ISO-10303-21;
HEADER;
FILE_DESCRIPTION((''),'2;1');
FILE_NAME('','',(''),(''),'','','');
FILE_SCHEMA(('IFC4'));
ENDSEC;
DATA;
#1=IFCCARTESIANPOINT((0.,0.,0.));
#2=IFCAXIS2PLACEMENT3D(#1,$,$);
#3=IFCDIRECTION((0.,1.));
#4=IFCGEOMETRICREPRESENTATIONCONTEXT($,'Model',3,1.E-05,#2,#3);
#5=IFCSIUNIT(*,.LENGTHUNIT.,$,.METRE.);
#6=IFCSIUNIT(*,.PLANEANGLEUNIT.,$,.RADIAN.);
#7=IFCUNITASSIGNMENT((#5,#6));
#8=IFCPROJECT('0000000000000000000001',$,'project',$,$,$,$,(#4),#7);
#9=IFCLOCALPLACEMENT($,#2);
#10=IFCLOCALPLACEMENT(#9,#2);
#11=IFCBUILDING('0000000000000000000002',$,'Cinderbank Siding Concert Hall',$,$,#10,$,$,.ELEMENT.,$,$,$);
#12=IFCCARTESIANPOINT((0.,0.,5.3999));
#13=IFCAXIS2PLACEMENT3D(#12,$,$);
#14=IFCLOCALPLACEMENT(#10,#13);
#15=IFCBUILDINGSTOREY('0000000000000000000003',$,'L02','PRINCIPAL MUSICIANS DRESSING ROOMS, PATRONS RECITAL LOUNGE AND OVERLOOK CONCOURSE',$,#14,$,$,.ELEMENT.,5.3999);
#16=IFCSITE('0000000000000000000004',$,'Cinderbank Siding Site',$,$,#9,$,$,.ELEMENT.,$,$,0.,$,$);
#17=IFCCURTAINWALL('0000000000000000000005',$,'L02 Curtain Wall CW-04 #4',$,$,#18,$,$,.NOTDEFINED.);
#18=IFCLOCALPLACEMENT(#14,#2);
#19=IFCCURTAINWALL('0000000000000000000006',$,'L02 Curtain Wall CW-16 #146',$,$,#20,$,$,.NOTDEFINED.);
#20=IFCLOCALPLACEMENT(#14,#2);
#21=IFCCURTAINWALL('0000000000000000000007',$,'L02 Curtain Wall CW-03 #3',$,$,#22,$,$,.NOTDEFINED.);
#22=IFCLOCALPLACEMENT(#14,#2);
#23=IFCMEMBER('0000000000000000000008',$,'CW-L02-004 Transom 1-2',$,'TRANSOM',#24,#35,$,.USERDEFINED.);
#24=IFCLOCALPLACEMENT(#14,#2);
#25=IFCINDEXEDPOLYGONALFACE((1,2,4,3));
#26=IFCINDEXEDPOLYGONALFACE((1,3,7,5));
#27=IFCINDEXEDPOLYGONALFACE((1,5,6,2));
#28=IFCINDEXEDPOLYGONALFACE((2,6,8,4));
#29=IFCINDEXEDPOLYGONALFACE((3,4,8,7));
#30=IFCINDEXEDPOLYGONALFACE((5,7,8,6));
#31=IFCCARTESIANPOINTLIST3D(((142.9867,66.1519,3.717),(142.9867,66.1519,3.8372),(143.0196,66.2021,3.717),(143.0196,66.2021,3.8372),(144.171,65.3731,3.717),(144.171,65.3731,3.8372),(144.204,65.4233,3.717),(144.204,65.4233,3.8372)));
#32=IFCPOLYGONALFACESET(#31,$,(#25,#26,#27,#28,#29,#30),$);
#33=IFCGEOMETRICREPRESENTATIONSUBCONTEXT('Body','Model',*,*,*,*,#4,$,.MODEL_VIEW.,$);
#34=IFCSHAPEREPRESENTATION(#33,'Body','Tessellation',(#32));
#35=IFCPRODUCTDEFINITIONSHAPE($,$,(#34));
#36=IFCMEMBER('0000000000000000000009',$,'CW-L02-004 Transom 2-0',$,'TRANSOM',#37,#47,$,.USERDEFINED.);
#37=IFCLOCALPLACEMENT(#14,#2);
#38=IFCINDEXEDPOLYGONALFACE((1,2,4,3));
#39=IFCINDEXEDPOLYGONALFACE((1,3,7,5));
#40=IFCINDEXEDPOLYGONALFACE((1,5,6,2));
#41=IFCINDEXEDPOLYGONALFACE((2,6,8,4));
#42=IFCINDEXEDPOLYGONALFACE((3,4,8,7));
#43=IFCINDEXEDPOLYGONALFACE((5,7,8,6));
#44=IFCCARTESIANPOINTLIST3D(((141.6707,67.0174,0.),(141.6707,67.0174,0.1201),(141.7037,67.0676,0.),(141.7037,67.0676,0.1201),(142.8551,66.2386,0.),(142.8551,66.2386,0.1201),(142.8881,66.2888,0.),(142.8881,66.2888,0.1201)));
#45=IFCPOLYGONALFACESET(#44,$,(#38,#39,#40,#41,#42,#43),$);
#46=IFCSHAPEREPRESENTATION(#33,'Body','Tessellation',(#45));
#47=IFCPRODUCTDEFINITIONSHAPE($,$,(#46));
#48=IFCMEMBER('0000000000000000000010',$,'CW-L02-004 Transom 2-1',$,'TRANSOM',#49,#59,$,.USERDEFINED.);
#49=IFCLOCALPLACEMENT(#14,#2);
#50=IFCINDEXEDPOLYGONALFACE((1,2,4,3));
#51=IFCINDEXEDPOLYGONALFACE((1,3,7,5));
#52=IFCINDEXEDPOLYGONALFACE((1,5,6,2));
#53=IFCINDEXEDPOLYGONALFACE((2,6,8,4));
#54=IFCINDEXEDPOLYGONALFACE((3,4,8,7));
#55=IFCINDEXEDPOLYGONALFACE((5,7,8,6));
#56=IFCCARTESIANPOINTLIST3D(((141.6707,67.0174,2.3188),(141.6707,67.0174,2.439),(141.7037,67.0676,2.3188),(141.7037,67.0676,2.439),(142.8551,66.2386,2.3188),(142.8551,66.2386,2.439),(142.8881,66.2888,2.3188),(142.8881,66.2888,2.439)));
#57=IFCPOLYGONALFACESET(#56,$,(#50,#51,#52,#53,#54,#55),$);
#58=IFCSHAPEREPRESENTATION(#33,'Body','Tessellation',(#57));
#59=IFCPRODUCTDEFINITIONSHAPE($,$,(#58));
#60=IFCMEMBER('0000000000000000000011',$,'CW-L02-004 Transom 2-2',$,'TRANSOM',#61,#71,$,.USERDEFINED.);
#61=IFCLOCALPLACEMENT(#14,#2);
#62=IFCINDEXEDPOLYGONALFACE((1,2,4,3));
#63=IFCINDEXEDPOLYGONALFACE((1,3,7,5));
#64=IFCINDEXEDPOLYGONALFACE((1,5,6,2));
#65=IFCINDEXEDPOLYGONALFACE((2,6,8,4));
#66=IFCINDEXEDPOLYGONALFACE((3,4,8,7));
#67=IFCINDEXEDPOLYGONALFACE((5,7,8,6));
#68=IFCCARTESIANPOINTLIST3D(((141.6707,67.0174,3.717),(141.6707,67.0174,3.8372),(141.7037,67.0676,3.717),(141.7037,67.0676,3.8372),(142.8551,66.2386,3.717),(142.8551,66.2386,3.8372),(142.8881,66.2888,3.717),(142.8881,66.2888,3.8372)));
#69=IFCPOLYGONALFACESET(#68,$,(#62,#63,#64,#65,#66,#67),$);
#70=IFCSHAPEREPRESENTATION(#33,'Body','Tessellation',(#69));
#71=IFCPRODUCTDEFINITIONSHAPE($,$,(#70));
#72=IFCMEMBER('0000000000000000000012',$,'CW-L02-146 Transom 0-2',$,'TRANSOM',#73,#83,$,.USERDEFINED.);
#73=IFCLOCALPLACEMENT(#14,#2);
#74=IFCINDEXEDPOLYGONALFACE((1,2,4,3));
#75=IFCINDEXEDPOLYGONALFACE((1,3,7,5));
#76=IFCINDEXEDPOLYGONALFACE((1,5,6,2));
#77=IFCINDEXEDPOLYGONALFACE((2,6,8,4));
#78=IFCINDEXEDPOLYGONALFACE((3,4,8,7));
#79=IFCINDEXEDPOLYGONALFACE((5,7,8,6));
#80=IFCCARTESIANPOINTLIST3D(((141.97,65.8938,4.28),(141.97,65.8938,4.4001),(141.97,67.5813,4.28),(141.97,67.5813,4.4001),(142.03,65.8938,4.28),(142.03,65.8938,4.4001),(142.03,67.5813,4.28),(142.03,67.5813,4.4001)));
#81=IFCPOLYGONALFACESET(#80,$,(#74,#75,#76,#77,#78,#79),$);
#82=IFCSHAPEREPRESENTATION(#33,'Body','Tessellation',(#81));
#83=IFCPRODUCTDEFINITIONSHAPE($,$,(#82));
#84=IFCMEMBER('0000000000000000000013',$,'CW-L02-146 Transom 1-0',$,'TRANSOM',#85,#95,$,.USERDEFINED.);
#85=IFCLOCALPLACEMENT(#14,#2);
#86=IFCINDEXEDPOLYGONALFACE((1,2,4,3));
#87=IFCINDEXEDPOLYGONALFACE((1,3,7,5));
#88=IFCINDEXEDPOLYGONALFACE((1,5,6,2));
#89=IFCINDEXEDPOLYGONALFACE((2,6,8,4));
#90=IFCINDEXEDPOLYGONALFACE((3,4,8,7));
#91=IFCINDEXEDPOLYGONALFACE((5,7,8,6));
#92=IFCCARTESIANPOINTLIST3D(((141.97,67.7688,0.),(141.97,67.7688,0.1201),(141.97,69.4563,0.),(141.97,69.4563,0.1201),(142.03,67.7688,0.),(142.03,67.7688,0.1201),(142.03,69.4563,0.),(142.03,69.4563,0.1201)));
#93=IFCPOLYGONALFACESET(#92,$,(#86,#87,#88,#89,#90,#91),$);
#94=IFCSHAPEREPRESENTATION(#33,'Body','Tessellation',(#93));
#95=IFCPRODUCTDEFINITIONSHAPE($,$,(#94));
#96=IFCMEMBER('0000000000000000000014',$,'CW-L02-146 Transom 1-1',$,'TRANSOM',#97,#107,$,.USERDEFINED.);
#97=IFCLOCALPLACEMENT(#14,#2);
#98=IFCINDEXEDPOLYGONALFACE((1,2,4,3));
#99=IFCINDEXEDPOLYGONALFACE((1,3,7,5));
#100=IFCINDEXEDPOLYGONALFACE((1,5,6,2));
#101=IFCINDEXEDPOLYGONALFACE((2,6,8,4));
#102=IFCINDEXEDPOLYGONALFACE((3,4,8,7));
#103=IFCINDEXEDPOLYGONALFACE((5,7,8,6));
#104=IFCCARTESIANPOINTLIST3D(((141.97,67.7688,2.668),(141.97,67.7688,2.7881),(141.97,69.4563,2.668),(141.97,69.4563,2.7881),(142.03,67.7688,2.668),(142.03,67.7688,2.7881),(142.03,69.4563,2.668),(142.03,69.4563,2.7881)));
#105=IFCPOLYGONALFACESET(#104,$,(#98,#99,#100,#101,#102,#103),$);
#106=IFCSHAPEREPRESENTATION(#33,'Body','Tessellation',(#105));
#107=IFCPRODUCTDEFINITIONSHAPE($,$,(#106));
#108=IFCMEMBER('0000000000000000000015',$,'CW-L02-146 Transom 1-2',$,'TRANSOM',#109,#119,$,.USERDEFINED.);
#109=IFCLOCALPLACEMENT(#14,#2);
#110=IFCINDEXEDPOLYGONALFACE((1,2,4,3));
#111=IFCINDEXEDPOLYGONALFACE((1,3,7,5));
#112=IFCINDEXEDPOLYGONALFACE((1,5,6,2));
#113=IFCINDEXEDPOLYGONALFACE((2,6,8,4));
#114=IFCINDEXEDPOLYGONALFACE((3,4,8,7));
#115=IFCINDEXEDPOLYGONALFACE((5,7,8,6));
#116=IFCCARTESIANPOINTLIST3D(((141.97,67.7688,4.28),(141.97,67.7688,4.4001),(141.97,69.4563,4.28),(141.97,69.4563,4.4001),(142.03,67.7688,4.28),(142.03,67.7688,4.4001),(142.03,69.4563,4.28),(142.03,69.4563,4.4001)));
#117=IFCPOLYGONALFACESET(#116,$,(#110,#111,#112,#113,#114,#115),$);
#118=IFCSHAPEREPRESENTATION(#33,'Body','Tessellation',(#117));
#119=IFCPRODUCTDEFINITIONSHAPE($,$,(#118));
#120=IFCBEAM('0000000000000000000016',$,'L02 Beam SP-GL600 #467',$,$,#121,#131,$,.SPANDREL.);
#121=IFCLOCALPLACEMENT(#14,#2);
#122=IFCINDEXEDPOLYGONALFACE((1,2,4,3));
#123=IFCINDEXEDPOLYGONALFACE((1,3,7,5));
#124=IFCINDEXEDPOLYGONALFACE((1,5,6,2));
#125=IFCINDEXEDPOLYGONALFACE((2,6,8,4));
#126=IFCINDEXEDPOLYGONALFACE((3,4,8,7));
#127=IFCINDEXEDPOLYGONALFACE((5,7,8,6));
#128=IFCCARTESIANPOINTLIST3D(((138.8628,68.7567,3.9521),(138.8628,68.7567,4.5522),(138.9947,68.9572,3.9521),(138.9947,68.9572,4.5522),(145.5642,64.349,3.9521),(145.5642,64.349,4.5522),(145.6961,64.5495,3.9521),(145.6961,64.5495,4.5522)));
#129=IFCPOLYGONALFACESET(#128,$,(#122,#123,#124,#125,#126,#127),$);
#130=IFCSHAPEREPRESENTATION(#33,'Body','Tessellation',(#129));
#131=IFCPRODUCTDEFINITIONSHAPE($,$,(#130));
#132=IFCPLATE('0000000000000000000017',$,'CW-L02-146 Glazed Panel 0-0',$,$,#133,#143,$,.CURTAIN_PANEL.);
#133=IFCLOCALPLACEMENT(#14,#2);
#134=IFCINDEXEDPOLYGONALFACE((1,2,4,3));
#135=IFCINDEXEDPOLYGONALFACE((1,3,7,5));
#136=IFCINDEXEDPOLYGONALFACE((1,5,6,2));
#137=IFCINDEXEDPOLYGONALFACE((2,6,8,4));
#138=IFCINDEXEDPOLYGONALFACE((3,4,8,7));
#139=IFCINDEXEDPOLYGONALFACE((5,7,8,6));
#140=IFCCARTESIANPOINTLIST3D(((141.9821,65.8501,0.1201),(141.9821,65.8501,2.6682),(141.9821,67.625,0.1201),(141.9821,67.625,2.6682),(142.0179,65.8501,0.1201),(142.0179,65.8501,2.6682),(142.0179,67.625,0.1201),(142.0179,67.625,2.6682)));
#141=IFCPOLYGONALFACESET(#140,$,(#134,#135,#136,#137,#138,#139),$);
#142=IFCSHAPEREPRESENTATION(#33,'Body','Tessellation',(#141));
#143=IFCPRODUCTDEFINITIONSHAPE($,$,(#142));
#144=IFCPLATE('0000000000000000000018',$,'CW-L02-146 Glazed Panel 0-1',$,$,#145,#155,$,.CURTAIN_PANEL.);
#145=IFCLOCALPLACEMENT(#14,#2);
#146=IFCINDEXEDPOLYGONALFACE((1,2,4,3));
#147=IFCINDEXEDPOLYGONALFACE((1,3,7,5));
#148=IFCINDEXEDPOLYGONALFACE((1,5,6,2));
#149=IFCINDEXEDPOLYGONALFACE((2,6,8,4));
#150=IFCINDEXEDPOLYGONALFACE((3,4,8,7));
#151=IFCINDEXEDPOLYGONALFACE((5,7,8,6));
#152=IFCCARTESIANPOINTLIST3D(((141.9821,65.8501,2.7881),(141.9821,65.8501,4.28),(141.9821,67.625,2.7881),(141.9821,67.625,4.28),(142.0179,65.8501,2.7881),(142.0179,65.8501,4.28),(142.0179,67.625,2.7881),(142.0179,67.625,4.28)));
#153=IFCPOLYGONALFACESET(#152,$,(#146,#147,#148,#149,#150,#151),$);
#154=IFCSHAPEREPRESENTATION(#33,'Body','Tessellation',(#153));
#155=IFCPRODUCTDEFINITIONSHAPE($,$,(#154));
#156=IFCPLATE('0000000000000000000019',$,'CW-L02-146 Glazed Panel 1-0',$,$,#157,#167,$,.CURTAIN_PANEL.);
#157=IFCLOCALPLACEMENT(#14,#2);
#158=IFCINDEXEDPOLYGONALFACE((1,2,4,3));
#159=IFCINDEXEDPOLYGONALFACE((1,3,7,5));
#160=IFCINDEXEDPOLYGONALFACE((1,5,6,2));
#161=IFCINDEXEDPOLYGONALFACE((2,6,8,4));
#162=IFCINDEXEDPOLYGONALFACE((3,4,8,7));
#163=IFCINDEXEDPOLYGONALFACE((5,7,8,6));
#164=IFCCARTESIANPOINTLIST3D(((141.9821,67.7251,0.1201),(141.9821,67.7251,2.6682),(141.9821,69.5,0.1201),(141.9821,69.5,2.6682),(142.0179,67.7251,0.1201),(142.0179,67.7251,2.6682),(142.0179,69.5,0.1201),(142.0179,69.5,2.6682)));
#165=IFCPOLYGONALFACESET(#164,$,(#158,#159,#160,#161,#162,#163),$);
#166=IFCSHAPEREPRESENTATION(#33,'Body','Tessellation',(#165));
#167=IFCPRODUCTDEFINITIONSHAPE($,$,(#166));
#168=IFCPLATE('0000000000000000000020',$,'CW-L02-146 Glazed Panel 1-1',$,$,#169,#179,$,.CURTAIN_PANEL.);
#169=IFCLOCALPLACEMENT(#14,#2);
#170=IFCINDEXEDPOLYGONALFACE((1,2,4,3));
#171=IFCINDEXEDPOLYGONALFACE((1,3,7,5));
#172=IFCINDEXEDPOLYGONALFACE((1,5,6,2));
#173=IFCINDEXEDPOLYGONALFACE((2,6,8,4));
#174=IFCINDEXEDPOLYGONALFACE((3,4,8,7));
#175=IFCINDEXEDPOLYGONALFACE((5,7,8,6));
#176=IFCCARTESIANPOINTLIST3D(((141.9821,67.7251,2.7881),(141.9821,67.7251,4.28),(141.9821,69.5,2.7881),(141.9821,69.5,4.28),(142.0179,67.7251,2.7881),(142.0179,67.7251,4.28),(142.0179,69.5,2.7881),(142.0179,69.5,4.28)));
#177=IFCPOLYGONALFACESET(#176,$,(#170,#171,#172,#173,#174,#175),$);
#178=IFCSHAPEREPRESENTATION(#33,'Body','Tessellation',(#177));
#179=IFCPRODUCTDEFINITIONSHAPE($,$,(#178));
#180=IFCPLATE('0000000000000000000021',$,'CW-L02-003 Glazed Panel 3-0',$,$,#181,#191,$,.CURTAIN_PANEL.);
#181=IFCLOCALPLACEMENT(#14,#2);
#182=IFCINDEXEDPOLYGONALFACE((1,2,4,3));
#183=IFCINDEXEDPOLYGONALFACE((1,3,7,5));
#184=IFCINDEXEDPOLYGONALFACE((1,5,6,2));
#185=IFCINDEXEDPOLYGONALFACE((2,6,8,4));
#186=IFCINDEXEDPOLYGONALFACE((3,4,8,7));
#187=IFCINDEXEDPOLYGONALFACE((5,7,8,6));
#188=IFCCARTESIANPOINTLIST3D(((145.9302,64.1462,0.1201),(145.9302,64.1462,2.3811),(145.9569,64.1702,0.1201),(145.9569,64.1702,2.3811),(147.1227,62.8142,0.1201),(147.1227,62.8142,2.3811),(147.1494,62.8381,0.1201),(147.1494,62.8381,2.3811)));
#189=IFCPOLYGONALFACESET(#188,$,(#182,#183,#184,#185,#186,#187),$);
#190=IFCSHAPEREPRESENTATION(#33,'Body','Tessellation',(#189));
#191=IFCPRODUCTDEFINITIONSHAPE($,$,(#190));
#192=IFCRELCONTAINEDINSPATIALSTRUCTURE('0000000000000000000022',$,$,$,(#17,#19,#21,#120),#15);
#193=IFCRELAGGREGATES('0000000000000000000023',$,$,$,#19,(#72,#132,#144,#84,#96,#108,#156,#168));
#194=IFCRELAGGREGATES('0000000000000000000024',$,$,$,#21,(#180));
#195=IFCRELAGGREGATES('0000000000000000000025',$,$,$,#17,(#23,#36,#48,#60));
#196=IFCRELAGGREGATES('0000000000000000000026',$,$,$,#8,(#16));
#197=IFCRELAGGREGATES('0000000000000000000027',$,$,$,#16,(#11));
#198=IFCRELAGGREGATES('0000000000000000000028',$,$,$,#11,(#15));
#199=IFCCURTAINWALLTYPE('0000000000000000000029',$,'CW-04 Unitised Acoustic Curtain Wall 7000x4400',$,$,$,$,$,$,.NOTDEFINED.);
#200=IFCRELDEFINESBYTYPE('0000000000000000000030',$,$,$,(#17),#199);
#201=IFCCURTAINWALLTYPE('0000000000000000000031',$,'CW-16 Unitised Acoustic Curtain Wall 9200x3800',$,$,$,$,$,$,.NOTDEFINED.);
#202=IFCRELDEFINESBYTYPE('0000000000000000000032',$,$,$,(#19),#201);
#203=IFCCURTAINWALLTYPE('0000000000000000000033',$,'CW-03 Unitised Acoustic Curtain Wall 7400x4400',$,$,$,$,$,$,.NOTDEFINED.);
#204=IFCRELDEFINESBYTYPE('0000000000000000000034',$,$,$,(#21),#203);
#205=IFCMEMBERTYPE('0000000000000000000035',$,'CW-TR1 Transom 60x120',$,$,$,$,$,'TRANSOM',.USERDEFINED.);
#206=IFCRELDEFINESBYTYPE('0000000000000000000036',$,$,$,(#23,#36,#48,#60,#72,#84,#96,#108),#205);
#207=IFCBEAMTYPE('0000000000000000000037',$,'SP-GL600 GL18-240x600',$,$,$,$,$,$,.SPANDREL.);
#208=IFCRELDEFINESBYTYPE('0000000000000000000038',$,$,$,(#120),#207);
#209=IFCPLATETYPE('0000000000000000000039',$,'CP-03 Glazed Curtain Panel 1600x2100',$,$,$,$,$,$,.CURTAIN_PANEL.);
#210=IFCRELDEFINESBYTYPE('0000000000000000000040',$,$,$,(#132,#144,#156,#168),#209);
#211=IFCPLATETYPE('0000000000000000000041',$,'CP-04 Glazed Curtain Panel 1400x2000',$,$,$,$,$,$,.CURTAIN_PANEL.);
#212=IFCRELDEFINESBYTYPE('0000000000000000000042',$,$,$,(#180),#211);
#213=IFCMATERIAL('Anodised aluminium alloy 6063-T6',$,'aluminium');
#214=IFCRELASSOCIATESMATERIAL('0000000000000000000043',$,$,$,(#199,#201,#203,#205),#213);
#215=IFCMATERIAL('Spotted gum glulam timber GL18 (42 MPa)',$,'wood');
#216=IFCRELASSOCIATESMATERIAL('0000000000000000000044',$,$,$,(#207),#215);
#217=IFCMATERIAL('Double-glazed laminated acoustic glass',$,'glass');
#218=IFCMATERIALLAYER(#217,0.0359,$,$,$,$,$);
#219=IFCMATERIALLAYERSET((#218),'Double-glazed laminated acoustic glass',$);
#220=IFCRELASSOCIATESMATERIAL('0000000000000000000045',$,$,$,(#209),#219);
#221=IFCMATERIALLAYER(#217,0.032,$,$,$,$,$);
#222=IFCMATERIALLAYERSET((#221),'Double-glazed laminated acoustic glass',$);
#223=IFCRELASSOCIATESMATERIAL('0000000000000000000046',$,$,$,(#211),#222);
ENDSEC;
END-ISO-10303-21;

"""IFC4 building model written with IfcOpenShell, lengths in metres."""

from ifc_helpers import new_model, si_unit, direction, frame, origin, origin_2d, place, context, subcontext, project, spatial, rectangle, extrude, material, layer, layer_set, material_profile, profile_set, type_object, element, aggregate, save


model = new_model("IFC4")

# Units and contexts
model_context = context("Model", 3, precision=1e-05, world=origin(), true_north=direction((0.0, 1.0)))
body_context = subcontext(model_context, "Body", "Model", "MODEL_VIEW")
ifc_project = project(units=[si_unit("LENGTHUNIT", "METRE"), si_unit("PLANEANGLEUNIT", "RADIAN")], contexts=[model_context])

# Site, building, storey
site_placement = place(None, origin())
site = spatial("IfcSite", under=ifc_project, at=site_placement, Name="Cinderbank Siding Site", CompositionType="ELEMENT", RefElevation=0.0)
building_placement = place(site_placement, origin())
building = spatial("IfcBuilding", under=site, at=building_placement, Name="Cinderbank Siding Concert Hall", CompositionType="ELEMENT")
storey_placement = place(building_placement, frame((0.0, 0.0, 5.3999)))
storey = spatial("IfcBuildingStorey", under=building, at=storey_placement, Name="L02", Description="PRINCIPAL MUSICIANS DRESSING ROOMS, PATRONS RECITAL LOUNGE AND OVERLOOK CONCOURSE", CompositionType="ELEMENT", Elevation=5.3999)

# Curtain wall
ifc_material_1 = material(Name="Anodised aluminium alloy 6063-T6", Category="aluminium")
curtain_wall_type_1 = type_object("IfcCurtainWallType", Name="CW-04 Unitised Acoustic Curtain Wall 7000x4400", PredefinedType="NOTDEFINED", material=ifc_material_1)
curtain_wall_1_placement = place(storey_placement, origin())
curtain_wall_1 = element("IfcCurtainWall", 1, at=curtain_wall_1_placement, inside=storey, type_object=curtain_wall_type_1, Name="L02 Curtain Wall CW-04 #4", PredefinedType="NOTDEFINED")

# Curtain walls
curtain_wall_type_2 = type_object("IfcCurtainWallType", Name="CW-16 Unitised Acoustic Curtain Wall 9200x3800", PredefinedType="NOTDEFINED", material=ifc_material_1)
curtain_wall_2_placement = place(storey_placement, origin())
curtain_wall_2 = element("IfcCurtainWall", 2, at=curtain_wall_2_placement, inside=storey, type_object=curtain_wall_type_2, Name="L02 Curtain Wall CW-16 #146", PredefinedType="NOTDEFINED")
curtain_wall_type_3 = type_object("IfcCurtainWallType", Name="CW-03 Unitised Acoustic Curtain Wall 7400x4400", PredefinedType="NOTDEFINED", material=ifc_material_1)
curtain_wall_3_placement = place(storey_placement, origin())
curtain_wall_3 = element("IfcCurtainWall", 3, at=curtain_wall_3_placement, inside=storey, type_object=curtain_wall_type_3, Name="L02 Curtain Wall CW-03 #3", PredefinedType="NOTDEFINED")

# Members
ifc_material_profile_1 = material_profile(ifc_material_1, rectangle(XDim=0.0601, YDim=0.1201, at=origin_2d()), Name="ALU-TRAN-60x120", Category="LoadBearing")
ifc_profile_set_1 = profile_set([ifc_material_profile_1], Name="Anodised aluminium alloy 6063-T6")
member_type_1 = type_object("IfcMemberType", Name="CW-TR1 Transom 60x120", ElementType="TRANSOM", PredefinedType="USERDEFINED", material=ifc_profile_set_1)
member_1_placement = place(storey_placement, frame((144.1875, 65.3982, 3.7771), z_axis=(-0.835532, 0.549443, 0.0), x_axis=(-0.549443, -0.835532, 0.0)))
member_1 = element("IfcMember", 4, at=member_1_placement, type_object=member_type_1, Name="CW-L02-004 Transom 1-2", ObjectType="TRANSOM", PredefinedType="USERDEFINED", context=body_context, shape_type="SweptSolid", body=[
    extrude(rectangle(XDim=0.0601, YDim=0.1201, at=origin_2d()), origin(), (0.0, 0.0, 1.0), 1.4175),
])
member_2_placement = place(storey_placement, frame((142.8716, 66.2637, 0.0601), z_axis=(-0.835532, 0.549443, 0.0), x_axis=(-0.549443, -0.835532, 0.0)))
member_2 = element("IfcMember", 5, at=member_2_placement, type_object=member_type_1, Name="CW-L02-004 Transom 2-0", ObjectType="TRANSOM", PredefinedType="USERDEFINED", context=body_context, shape_type="SweptSolid", body=[
    extrude(rectangle(XDim=0.0601, YDim=0.1201, at=origin_2d()), origin(), (0.0, 0.0, 1.0), 1.4175),
])
member_3_placement = place(storey_placement, frame((142.8716, 66.2637, 2.3789), z_axis=(-0.835532, 0.549443, 0.0), x_axis=(-0.549443, -0.835532, 0.0)))
member_3 = element("IfcMember", 6, at=member_3_placement, type_object=member_type_1, Name="CW-L02-004 Transom 2-1", ObjectType="TRANSOM", PredefinedType="USERDEFINED", context=body_context, shape_type="SweptSolid", body=[
    extrude(rectangle(XDim=0.0601, YDim=0.1201, at=origin_2d()), origin(), (0.0, 0.0, 1.0), 1.4175),
])
member_4_placement = place(storey_placement, frame((142.8716, 66.2637, 3.7771), z_axis=(-0.835532, 0.549443, 0.0), x_axis=(-0.549443, -0.835532, 0.0)))
member_4 = element("IfcMember", 7, at=member_4_placement, type_object=member_type_1, Name="CW-L02-004 Transom 2-2", ObjectType="TRANSOM", PredefinedType="USERDEFINED", context=body_context, shape_type="SweptSolid", body=[
    extrude(rectangle(XDim=0.0601, YDim=0.1201, at=origin_2d()), origin(), (0.0, 0.0, 1.0), 1.4175),
])
member_5_placement = place(storey_placement, frame((142.0, 65.8938, 4.3401), z_axis=(0.0, 1.0, 0.0), x_axis=(-1.0, 0.0, 0.0)))
member_5 = element("IfcMember", 8, at=member_5_placement, type_object=member_type_1, Name="CW-L02-146 Transom 0-2", ObjectType="TRANSOM", PredefinedType="USERDEFINED", context=body_context, shape_type="SweptSolid", body=[
    extrude(rectangle(XDim=0.0601, YDim=0.1201, at=origin_2d()), origin(), (0.0, 0.0, 1.0), 1.6875),
])
member_6_placement = place(storey_placement, frame((142.0, 67.7688, 0.0601), z_axis=(0.0, 1.0, 0.0), x_axis=(-1.0, 0.0, 0.0)))
member_6 = element("IfcMember", 9, at=member_6_placement, type_object=member_type_1, Name="CW-L02-146 Transom 1-0", ObjectType="TRANSOM", PredefinedType="USERDEFINED", context=body_context, shape_type="SweptSolid", body=[
    extrude(rectangle(XDim=0.0601, YDim=0.1201, at=origin_2d()), origin(), (0.0, 0.0, 1.0), 1.6875),
])
member_7_placement = place(storey_placement, frame((142.0, 67.7688, 2.728), z_axis=(0.0, 1.0, 0.0), x_axis=(-1.0, 0.0, 0.0)))
member_7 = element("IfcMember", 10, at=member_7_placement, type_object=member_type_1, Name="CW-L02-146 Transom 1-1", ObjectType="TRANSOM", PredefinedType="USERDEFINED", context=body_context, shape_type="SweptSolid", body=[
    extrude(rectangle(XDim=0.0601, YDim=0.1201, at=origin_2d()), origin(), (0.0, 0.0, 1.0), 1.6875),
])
member_8_placement = place(storey_placement, frame((142.0, 67.7688, 4.3401), z_axis=(0.0, 1.0, 0.0), x_axis=(-1.0, 0.0, 0.0)))
member_8 = element("IfcMember", 11, at=member_8_placement, type_object=member_type_1, Name="CW-L02-146 Transom 1-2", ObjectType="TRANSOM", PredefinedType="USERDEFINED", context=body_context, shape_type="SweptSolid", body=[
    extrude(rectangle(XDim=0.0601, YDim=0.1201, at=origin_2d()), origin(), (0.0, 0.0, 1.0), 1.6875),
])

# Beam
ifc_material_2 = material(Name="Spotted gum glulam timber GL18 (42 MPa)", Category="wood")
ifc_material_profile_2 = material_profile(ifc_material_2, rectangle(XDim=0.24, YDim=0.6001, at=origin_2d()), Name="GL18-240x600", Category="LoadBearing")
ifc_profile_set_2 = profile_set([ifc_material_profile_2], Name="Spotted gum glulam timber GL18 (42 MPa)")
beam_type = type_object("IfcBeamType", Name="SP-GL600 GL18-240x600", PredefinedType="SPANDREL", material=ifc_profile_set_2)
beam_placement = place(storey_placement, frame((145.6301, 64.4492, 4.2522), z_axis=(-0.835481, 0.54952, 0.0), x_axis=(-0.54952, -0.835481, 0.0)))
element("IfcBeam", 12, at=beam_placement, inside=storey, type_object=beam_type, Name="L02 Beam SP-GL600 #467", PredefinedType="SPANDREL", context=body_context, shape_type="SweptSolid", body=[
    extrude(rectangle(XDim=0.24, YDim=0.6001, at=origin_2d()), origin(), (0.0, 0.0, 1.0), 8.021),
])

# Plates
ifc_material_3 = material(Name="Double-glazed laminated acoustic glass", Category="glass")
ifc_layer_1 = layer(ifc_material_3, 0.0359)
ifc_layer_set_1 = layer_set([ifc_layer_1], Name="Double-glazed laminated acoustic glass")
plate_type_1 = type_object("IfcPlateType", Name="CP-03 Glazed Curtain Panel 1600x2100", PredefinedType="CURTAIN_PANEL", material=ifc_layer_set_1)
plate_1_placement = place(storey_placement, frame((142.0, 66.7375, 0.1201), z_axis=(0.0, 0.0, 1.0), x_axis=(0.0, 1.0, 0.0)))
plate_1 = element("IfcPlate", 13, at=plate_1_placement, type_object=plate_type_1, Name="CW-L02-146 Glazed Panel 0-0", PredefinedType="CURTAIN_PANEL", context=body_context, shape_type="SweptSolid", body=[
    extrude(rectangle(XDim=1.7749, YDim=0.0359, at=origin_2d()), origin(), (0.0, 0.0, 1.0), 2.5481),
])
plate_2_placement = place(storey_placement, frame((142.0, 66.7375, 2.7881), z_axis=(0.0, 0.0, 1.0), x_axis=(0.0, 1.0, 0.0)))
plate_2 = element("IfcPlate", 14, at=plate_2_placement, type_object=plate_type_1, Name="CW-L02-146 Glazed Panel 0-1", PredefinedType="CURTAIN_PANEL", context=body_context, shape_type="SweptSolid", body=[
    extrude(rectangle(XDim=1.7749, YDim=0.0359, at=origin_2d()), origin(), (0.0, 0.0, 1.0), 1.4919),
])
plate_3_placement = place(storey_placement, frame((142.0, 68.6125, 0.1201), z_axis=(0.0, 0.0, 1.0), x_axis=(0.0, 1.0, 0.0)))
plate_3 = element("IfcPlate", 15, at=plate_3_placement, type_object=plate_type_1, Name="CW-L02-146 Glazed Panel 1-0", PredefinedType="CURTAIN_PANEL", context=body_context, shape_type="SweptSolid", body=[
    extrude(rectangle(XDim=1.7749, YDim=0.0359, at=origin_2d()), origin(), (0.0, 0.0, 1.0), 2.5481),
])
plate_4_placement = place(storey_placement, frame((142.0, 68.6125, 2.7881), z_axis=(0.0, 0.0, 1.0), x_axis=(0.0, 1.0, 0.0)))
plate_4 = element("IfcPlate", 16, at=plate_4_placement, type_object=plate_type_1, Name="CW-L02-146 Glazed Panel 1-1", PredefinedType="CURTAIN_PANEL", context=body_context, shape_type="SweptSolid", body=[
    extrude(rectangle(XDim=1.7749, YDim=0.0359, at=origin_2d()), origin(), (0.0, 0.0, 1.0), 1.4919),
])
aggregate(curtain_wall_2, [member_5, plate_1, plate_2, member_6, member_7, member_8, plate_3, plate_4])
ifc_layer_2 = layer(ifc_material_3, 0.032)
ifc_layer_set_2 = layer_set([ifc_layer_2], Name="Double-glazed laminated acoustic glass")
plate_type_2 = type_object("IfcPlateType", Name="CP-04 Glazed Curtain Panel 1400x2000", PredefinedType="CURTAIN_PANEL", material=ifc_layer_set_2)
plate_5_placement = place(storey_placement, frame((146.5398, 63.4922, 0.1201), z_axis=(0.0, 0.0, 1.0), x_axis=(-0.666993, 0.745064, 0.0)))
plate_5 = element("IfcPlate", 17, at=plate_5_placement, type_object=plate_type_2, Name="CW-L02-003 Glazed Panel 3-0", PredefinedType="CURTAIN_PANEL", context=body_context, shape_type="SweptSolid", body=[
    extrude(rectangle(XDim=1.7878, YDim=0.0359, at=origin_2d()), origin(), (0.0, 0.0, 1.0), 2.261),
])
aggregate(curtain_wall_3, [plate_5])
aggregate(curtain_wall_1, [member_1, member_2, member_3, member_4])

save(model, "model.ifc")
